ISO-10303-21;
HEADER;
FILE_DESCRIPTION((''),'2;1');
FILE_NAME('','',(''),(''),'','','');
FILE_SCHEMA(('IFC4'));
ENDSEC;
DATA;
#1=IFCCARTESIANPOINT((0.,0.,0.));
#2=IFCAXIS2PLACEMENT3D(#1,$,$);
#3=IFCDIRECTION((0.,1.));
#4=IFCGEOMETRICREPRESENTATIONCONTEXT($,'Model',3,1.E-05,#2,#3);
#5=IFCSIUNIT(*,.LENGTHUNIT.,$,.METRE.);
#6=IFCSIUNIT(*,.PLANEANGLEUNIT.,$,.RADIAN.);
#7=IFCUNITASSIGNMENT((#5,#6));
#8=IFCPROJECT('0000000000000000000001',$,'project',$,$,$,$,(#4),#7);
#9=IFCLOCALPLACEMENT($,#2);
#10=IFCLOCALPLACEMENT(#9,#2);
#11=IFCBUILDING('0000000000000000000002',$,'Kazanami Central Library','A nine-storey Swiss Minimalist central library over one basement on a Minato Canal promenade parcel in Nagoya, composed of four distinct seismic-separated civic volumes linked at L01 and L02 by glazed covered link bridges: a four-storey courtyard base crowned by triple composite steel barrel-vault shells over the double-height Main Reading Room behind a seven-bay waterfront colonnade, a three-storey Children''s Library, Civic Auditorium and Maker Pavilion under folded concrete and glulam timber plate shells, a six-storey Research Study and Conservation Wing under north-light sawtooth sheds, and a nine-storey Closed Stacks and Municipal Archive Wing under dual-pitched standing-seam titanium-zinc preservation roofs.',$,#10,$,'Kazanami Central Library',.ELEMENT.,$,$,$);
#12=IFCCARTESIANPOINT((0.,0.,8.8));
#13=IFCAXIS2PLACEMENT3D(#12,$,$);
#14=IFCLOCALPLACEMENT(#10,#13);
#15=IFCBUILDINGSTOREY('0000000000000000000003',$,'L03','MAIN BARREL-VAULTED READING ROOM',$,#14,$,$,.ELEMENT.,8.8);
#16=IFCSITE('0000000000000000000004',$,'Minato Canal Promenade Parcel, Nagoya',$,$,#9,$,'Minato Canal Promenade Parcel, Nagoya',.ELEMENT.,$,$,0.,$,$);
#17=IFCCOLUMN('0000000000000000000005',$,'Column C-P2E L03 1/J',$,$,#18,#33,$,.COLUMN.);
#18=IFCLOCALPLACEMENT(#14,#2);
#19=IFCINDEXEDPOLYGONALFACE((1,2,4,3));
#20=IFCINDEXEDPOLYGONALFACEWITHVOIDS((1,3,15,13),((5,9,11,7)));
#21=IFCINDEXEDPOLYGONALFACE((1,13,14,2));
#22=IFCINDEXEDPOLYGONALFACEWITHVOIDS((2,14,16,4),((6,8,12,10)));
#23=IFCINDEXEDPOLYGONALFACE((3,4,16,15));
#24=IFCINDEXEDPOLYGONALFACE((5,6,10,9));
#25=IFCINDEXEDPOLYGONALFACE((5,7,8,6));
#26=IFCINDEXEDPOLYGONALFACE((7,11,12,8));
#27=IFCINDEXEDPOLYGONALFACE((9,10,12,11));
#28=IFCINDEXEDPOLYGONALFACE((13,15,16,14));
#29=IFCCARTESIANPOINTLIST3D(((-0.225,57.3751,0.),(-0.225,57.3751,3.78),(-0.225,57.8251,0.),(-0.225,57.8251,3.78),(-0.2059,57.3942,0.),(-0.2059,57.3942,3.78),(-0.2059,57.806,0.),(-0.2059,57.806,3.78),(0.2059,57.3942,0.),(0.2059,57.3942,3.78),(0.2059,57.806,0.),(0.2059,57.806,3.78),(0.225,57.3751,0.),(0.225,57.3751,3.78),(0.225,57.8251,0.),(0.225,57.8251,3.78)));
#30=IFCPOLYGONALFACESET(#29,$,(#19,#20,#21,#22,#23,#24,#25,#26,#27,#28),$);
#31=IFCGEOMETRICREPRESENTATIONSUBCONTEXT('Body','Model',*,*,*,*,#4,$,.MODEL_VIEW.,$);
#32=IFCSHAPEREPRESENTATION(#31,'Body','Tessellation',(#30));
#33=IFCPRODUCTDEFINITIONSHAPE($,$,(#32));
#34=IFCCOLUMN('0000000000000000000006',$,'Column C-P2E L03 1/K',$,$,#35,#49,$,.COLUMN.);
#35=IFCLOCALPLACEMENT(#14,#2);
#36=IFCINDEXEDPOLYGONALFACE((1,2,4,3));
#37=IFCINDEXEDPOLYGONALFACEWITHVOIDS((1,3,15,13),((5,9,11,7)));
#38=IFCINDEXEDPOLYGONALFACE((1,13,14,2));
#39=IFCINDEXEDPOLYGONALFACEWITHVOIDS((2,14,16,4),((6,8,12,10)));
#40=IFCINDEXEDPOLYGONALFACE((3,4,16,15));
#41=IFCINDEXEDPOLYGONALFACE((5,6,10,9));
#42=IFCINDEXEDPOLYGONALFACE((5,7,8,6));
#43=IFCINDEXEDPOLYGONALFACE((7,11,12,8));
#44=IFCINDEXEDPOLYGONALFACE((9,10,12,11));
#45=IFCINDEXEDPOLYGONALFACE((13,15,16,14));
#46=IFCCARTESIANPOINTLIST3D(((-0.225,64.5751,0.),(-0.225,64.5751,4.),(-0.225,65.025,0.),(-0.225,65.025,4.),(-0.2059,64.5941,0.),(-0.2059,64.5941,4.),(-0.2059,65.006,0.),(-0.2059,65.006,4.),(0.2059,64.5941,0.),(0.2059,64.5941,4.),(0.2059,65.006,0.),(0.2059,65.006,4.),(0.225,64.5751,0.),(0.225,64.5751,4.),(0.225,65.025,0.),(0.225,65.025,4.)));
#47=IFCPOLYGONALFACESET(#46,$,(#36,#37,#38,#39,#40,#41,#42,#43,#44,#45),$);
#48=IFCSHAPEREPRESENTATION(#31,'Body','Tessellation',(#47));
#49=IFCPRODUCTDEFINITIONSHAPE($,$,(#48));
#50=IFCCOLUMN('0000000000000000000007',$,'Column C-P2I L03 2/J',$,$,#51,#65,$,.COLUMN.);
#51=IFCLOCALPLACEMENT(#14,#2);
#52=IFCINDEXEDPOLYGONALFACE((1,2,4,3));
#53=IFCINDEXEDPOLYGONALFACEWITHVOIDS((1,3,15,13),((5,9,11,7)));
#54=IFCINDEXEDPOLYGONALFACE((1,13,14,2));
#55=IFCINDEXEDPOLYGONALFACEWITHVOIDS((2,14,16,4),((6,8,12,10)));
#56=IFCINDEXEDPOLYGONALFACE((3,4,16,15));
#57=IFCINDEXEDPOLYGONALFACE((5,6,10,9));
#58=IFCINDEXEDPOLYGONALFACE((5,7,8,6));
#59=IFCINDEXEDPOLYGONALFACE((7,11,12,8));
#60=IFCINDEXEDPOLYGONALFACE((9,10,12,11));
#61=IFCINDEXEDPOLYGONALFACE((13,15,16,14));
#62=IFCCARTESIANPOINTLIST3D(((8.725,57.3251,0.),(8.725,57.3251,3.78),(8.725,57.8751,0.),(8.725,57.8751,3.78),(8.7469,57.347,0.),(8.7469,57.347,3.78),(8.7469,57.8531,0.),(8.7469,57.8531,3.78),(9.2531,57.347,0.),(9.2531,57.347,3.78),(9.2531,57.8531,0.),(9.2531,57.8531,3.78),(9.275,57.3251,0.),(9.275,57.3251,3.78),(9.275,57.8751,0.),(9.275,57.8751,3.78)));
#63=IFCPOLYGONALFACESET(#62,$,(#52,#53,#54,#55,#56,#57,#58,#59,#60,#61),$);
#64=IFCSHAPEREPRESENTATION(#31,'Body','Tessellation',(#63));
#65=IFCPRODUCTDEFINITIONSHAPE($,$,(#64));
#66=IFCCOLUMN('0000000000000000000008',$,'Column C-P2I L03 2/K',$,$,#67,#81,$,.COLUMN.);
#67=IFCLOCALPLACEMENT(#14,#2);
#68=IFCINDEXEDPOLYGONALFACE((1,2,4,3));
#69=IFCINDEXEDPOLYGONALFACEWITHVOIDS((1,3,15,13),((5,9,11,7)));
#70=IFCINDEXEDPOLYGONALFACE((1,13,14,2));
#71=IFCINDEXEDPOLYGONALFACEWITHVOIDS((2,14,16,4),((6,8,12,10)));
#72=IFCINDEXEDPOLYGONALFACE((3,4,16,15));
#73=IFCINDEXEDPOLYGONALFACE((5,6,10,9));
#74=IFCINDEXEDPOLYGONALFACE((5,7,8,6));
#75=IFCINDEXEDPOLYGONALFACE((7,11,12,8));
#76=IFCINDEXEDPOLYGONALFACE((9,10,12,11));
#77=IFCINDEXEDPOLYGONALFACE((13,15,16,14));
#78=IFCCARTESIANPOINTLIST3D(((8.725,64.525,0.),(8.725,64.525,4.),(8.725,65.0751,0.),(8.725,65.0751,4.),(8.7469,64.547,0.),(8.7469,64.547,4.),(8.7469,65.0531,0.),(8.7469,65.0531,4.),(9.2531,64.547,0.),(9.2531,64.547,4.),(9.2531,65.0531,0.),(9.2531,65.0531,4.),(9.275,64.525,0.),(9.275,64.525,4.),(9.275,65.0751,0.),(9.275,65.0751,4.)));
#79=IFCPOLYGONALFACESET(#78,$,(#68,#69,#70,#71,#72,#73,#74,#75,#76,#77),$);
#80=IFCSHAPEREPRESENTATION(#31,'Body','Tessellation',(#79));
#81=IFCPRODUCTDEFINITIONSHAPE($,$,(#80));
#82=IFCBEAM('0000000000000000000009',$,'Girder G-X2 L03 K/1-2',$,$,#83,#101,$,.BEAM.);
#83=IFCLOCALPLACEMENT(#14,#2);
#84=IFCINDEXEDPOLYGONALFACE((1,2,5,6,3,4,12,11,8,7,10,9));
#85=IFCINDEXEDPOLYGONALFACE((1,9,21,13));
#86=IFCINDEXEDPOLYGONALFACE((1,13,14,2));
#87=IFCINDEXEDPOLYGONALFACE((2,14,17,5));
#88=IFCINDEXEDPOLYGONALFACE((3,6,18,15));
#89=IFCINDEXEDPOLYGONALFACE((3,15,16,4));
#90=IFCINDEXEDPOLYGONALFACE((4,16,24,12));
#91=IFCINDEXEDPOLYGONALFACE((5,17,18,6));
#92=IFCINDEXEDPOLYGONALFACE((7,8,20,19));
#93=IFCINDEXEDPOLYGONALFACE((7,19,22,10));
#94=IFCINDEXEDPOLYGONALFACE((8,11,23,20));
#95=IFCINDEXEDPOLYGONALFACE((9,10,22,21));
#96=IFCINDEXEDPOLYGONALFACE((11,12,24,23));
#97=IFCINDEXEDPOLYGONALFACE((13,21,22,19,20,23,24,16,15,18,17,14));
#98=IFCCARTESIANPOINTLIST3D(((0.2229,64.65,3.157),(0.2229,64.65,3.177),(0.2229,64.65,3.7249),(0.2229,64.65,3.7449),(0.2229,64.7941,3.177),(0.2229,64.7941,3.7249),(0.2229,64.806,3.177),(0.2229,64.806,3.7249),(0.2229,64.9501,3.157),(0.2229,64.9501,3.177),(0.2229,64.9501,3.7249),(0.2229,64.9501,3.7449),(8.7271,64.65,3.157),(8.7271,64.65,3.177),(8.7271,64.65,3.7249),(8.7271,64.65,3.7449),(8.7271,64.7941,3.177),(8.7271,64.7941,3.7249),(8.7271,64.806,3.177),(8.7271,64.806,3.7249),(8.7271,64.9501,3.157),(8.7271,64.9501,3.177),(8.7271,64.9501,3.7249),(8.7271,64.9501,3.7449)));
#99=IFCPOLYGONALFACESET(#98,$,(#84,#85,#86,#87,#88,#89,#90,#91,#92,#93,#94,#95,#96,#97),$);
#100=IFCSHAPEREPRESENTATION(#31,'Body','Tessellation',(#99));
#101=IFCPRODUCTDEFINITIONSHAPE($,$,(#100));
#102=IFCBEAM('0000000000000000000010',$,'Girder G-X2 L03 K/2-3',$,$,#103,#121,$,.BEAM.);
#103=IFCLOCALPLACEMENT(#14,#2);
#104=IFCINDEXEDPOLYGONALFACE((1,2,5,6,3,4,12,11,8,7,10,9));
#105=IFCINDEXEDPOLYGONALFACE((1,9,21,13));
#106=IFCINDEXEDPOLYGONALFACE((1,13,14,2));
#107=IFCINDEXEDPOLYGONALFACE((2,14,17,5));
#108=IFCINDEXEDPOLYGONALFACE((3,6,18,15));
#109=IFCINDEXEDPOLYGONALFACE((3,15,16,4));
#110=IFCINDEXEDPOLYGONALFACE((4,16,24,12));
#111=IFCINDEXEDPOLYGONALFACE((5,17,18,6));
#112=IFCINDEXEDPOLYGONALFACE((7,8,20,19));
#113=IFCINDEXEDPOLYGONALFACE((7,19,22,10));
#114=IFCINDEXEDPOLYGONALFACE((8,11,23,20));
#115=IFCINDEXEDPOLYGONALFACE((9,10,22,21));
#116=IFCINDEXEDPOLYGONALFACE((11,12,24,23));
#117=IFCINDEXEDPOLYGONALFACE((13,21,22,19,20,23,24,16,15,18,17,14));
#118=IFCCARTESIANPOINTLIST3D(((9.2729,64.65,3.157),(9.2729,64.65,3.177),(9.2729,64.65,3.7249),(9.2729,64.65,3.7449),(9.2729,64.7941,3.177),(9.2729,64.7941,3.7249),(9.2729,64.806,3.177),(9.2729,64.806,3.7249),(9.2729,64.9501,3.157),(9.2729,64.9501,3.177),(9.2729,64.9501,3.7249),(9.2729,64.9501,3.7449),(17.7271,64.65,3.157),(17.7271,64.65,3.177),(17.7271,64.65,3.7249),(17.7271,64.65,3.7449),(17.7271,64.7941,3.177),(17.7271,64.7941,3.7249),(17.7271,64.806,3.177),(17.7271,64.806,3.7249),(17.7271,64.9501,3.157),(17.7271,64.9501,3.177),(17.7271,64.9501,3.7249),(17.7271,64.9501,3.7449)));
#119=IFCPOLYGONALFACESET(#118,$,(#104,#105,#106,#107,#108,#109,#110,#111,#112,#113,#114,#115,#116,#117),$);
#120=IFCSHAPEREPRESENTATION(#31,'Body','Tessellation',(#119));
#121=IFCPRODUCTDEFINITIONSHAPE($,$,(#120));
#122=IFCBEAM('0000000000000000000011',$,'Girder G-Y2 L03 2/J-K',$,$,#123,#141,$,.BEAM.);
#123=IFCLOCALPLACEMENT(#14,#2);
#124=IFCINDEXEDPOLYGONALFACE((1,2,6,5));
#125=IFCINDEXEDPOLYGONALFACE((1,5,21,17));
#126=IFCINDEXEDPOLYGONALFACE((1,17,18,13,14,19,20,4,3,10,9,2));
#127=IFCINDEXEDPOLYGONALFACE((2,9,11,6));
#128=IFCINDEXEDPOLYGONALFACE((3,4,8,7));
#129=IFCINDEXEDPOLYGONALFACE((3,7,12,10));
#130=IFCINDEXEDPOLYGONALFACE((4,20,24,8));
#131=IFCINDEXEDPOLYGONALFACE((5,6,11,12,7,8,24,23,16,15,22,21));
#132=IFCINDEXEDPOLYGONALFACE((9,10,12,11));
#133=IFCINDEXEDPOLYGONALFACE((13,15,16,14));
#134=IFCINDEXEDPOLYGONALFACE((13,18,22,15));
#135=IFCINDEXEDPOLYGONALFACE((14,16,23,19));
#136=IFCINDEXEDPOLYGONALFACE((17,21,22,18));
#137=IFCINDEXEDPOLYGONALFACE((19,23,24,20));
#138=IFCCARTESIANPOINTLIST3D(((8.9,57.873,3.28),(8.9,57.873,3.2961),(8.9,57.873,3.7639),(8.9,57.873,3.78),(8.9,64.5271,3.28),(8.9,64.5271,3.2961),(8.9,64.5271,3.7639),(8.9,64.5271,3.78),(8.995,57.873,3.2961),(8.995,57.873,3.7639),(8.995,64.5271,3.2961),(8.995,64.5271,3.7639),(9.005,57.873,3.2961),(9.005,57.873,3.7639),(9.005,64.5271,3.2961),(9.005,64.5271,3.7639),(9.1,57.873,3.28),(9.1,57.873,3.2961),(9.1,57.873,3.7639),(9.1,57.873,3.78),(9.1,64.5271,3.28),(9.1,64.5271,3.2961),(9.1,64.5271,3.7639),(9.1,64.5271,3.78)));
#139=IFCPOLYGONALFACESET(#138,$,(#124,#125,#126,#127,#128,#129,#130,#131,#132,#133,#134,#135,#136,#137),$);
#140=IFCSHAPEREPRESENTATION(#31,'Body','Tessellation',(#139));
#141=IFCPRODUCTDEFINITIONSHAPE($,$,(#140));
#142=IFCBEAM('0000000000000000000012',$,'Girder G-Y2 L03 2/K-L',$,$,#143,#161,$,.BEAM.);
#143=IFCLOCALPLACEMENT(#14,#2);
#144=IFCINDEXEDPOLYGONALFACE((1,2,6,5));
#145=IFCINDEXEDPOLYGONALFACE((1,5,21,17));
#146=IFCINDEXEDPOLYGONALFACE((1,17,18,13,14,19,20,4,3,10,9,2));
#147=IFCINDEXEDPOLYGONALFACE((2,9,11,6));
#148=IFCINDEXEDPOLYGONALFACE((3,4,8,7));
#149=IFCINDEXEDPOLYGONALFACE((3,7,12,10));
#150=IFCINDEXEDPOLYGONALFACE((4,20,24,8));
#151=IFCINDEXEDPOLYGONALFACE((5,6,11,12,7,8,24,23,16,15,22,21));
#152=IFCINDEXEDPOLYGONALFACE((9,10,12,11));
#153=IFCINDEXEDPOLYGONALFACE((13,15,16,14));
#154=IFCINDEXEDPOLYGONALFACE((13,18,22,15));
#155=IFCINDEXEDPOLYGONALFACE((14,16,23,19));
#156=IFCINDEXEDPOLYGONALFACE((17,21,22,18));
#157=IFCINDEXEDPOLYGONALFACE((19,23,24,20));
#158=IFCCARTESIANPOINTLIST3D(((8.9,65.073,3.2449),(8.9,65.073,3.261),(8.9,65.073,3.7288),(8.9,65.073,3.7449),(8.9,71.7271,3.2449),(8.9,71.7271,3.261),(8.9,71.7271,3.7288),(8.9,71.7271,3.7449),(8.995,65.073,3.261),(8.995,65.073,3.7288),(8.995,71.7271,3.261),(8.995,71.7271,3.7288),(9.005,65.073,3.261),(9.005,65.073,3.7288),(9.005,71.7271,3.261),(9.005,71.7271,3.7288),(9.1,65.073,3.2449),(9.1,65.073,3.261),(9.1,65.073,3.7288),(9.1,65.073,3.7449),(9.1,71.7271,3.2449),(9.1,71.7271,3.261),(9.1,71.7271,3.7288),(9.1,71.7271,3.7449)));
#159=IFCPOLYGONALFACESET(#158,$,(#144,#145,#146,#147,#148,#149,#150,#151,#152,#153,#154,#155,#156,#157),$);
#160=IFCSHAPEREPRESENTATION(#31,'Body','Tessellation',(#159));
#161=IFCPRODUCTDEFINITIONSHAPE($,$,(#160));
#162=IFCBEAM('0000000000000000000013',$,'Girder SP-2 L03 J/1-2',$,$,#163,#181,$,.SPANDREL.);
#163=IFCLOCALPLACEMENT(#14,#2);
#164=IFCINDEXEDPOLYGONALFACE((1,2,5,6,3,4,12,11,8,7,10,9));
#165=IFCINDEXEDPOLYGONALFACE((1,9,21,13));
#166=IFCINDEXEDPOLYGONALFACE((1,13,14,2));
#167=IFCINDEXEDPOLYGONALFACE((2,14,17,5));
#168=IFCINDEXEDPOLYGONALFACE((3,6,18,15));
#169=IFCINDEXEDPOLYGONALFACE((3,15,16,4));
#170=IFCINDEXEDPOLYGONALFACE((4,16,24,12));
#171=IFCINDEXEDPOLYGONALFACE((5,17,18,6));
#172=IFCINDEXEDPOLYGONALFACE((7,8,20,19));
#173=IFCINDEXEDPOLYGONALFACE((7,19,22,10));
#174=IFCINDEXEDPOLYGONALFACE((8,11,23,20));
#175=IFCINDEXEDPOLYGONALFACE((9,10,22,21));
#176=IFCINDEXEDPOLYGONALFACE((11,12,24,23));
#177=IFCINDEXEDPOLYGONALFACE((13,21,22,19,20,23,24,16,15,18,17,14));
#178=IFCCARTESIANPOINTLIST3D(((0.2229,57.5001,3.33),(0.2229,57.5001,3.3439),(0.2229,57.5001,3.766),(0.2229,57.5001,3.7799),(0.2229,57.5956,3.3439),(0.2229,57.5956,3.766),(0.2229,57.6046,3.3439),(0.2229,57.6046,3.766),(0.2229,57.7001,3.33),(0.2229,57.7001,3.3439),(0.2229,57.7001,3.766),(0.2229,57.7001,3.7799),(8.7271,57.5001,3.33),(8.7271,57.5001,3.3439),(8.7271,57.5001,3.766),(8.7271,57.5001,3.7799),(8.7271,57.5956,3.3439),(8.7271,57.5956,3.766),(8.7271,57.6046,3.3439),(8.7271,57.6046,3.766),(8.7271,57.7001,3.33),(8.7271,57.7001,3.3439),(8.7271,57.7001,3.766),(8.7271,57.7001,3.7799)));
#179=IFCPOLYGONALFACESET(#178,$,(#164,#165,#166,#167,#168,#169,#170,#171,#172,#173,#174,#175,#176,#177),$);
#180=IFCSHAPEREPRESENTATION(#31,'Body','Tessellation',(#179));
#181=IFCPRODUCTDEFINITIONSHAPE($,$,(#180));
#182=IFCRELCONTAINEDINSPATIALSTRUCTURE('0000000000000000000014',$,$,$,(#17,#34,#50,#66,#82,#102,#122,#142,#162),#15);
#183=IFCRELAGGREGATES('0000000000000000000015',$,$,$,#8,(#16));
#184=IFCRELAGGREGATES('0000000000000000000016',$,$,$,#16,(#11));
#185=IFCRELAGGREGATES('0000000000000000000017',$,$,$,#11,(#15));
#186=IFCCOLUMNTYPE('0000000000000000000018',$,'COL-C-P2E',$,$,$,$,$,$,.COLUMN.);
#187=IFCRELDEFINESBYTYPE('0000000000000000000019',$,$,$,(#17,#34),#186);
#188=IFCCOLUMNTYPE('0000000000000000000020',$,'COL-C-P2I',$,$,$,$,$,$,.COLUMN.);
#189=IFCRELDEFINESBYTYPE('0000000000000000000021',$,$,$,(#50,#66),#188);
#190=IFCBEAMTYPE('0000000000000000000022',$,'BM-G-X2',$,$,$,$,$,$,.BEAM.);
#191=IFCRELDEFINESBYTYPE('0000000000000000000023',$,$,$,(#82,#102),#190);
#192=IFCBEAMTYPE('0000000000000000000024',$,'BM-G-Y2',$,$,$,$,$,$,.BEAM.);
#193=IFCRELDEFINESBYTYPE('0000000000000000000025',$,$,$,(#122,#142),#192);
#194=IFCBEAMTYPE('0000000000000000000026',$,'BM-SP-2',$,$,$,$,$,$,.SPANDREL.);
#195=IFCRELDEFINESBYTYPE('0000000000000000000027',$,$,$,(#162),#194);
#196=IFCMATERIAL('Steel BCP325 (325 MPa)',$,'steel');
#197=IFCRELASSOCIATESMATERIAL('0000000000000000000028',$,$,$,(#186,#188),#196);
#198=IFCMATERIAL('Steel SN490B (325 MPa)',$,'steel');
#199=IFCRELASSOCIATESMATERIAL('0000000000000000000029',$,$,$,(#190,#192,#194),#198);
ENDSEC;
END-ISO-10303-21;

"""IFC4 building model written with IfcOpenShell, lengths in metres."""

from ifc_helpers import new_model, si_unit, direction, frame, origin, origin_2d, place, context, subcontext, project, spatial, hollow_rectangle, i_section, extrude, material, material_profile, profile_set, type_object, element, save


model = new_model("IFC4")

# Units and contexts
model_context = context("Model", 3, precision=1e-05, world=origin(), true_north=direction((0.0, 1.0)))
body_context = subcontext(model_context, "Body", "Model", "MODEL_VIEW")
ifc_project = project(units=[si_unit("LENGTHUNIT", "METRE"), si_unit("PLANEANGLEUNIT", "RADIAN")], contexts=[model_context])

# Site, building, storey
site_placement = place(None, origin())
site = spatial("IfcSite", under=ifc_project, at=site_placement, Name="Minato Canal Promenade Parcel, Nagoya", LongName="Minato Canal Promenade Parcel, Nagoya", CompositionType="ELEMENT", RefElevation=0.0)
building_placement = place(site_placement, origin())
building = spatial("IfcBuilding", under=site, at=building_placement, Name="Kazanami Central Library", Description="A nine-storey Swiss Minimalist central library over one basement on a Minato Canal promenade parcel in Nagoya, composed of four distinct seismic-separated civic volumes linked at L01 and L02 by glazed covered link bridges: a four-storey courtyard base crowned by triple composite steel barrel-vault shells over the double-height Main Reading Room behind a seven-bay waterfront colonnade, a three-storey Children's Library, Civic Auditorium and Maker Pavilion under folded concrete and glulam timber plate shells, a six-storey Research Study and Conservation Wing under north-light sawtooth sheds, and a nine-storey Closed Stacks and Municipal Archive Wing under dual-pitched standing-seam titanium-zinc preservation roofs.", LongName="Kazanami Central Library", CompositionType="ELEMENT")
storey_placement = place(building_placement, frame((0.0, 0.0, 8.8)))
storey = spatial("IfcBuildingStorey", under=building, at=storey_placement, Name="L03", Description="MAIN BARREL-VAULTED READING ROOM", CompositionType="ELEMENT", Elevation=8.8)

# Columns
ifc_material_1 = material(Name="Steel BCP325 (325 MPa)", Category="steel")
ifc_material_profile_1 = material_profile(ifc_material_1, hollow_rectangle(XDim=0.45, YDim=0.45, WallThickness=0.019, at=origin_2d()), Name="BCP-450x450x19")
ifc_profile_set_1 = profile_set([ifc_material_profile_1], Name="Steel BCP325 (325 MPa)")
column_type_1 = type_object("IfcColumnType", Name="COL-C-P2E", PredefinedType="COLUMN", material=ifc_profile_set_1)
column_1_placement = place(storey_placement, frame((0.0, 57.6001, 0.0), z_axis=(0.0, 0.0, 1.0), x_axis=(1.0, 0.0, 0.0)))
element("IfcColumn", 1, at=column_1_placement, inside=storey, type_object=column_type_1, Name="Column C-P2E L03 1/J", PredefinedType="COLUMN", context=body_context, shape_type="SweptSolid", body=[
    extrude(hollow_rectangle(XDim=0.45, YDim=0.45, WallThickness=0.019, at=origin_2d()), origin(), (0.0, 0.0, 1.0), 3.78),
])
column_2_placement = place(storey_placement, frame((0.0, 64.8, 0.0), z_axis=(0.0, 0.0, 1.0), x_axis=(1.0, 0.0, 0.0)))
element("IfcColumn", 2, at=column_2_placement, inside=storey, type_object=column_type_1, Name="Column C-P2E L03 1/K", PredefinedType="COLUMN", context=body_context, shape_type="SweptSolid", body=[
    extrude(hollow_rectangle(XDim=0.45, YDim=0.45, WallThickness=0.019, at=origin_2d()), origin(), (0.0, 0.0, 1.0), 4.0),
])
ifc_material_profile_2 = material_profile(ifc_material_1, hollow_rectangle(XDim=0.55, YDim=0.55, WallThickness=0.022, at=origin_2d()), Name="BCP-550x550x22")
ifc_profile_set_2 = profile_set([ifc_material_profile_2], Name="Steel BCP325 (325 MPa)")
column_type_2 = type_object("IfcColumnType", Name="COL-C-P2I", PredefinedType="COLUMN", material=ifc_profile_set_2)
column_3_placement = place(storey_placement, frame((9.0, 57.6001, 0.0), z_axis=(0.0, 0.0, 1.0), x_axis=(1.0, 0.0, 0.0)))
element("IfcColumn", 3, at=column_3_placement, inside=storey, type_object=column_type_2, Name="Column C-P2I L03 2/J", PredefinedType="COLUMN", context=body_context, shape_type="SweptSolid", body=[
    extrude(hollow_rectangle(XDim=0.55, YDim=0.55, WallThickness=0.022, at=origin_2d()), origin(), (0.0, 0.0, 1.0), 3.78),
])
column_4_placement = place(storey_placement, frame((9.0, 64.8, 0.0), z_axis=(0.0, 0.0, 1.0), x_axis=(1.0, 0.0, 0.0)))
element("IfcColumn", 4, at=column_4_placement, inside=storey, type_object=column_type_2, Name="Column C-P2I L03 2/K", PredefinedType="COLUMN", context=body_context, shape_type="SweptSolid", body=[
    extrude(hollow_rectangle(XDim=0.55, YDim=0.55, WallThickness=0.022, at=origin_2d()), origin(), (0.0, 0.0, 1.0), 4.0),
])

# Beams
ifc_material_2 = material(Name="Steel SN490B (325 MPa)", Category="steel")
ifc_material_profile_3 = material_profile(ifc_material_2, i_section(OverallWidth=0.3, OverallDepth=0.5879, WebThickness=0.012, FlangeThickness=0.02, at=origin_2d()), Name="H-588x300x12x20")
ifc_profile_set_3 = profile_set([ifc_material_profile_3], Name="Steel SN490B (325 MPa)")
beam_type_1 = type_object("IfcBeamType", Name="BM-G-X2", PredefinedType="BEAM", material=ifc_profile_set_3)
beam_1_placement = place(storey_placement, frame((0.2229, 64.8, 3.4509), z_axis=(1.0, 0.0, 0.0), x_axis=(0.0, 1.0, 0.0)))
element("IfcBeam", 5, at=beam_1_placement, inside=storey, type_object=beam_type_1, Name="Girder G-X2 L03 K/1-2", PredefinedType="BEAM", context=body_context, shape_type="SweptSolid", body=[
    extrude(i_section(OverallWidth=0.3, OverallDepth=0.5879, WebThickness=0.012, FlangeThickness=0.02, at=origin_2d()), origin(), (0.0, 0.0, 1.0), 8.5042),
])
beam_2_placement = place(storey_placement, frame((9.2729, 64.8, 3.4509), z_axis=(1.0, 0.0, 0.0), x_axis=(0.0, 1.0, 0.0)))
element("IfcBeam", 6, at=beam_2_placement, inside=storey, type_object=beam_type_1, Name="Girder G-X2 L03 K/2-3", PredefinedType="BEAM", context=body_context, shape_type="SweptSolid", body=[
    extrude(i_section(OverallWidth=0.3, OverallDepth=0.5879, WebThickness=0.012, FlangeThickness=0.02, at=origin_2d()), origin(), (0.0, 0.0, 1.0), 8.4541),
])
ifc_material_profile_4 = material_profile(ifc_material_2, i_section(OverallWidth=0.2, OverallDepth=0.5, WebThickness=0.01, FlangeThickness=0.0161, at=origin_2d()), Name="H-500x200x10x16")
ifc_profile_set_4 = profile_set([ifc_material_profile_4], Name="Steel SN490B (325 MPa)")
beam_type_2 = type_object("IfcBeamType", Name="BM-G-Y2", PredefinedType="BEAM", material=ifc_profile_set_4)
for number, where, z_axis, x_axis, name in (
    (7, (9.0, 57.873, 3.53), (0.0, 1.0, 0.0), (-1.0, 0.0, 0.0), "Girder G-Y2 L03 2/J-K"),
    (8, (9.0, 65.073, 3.4949), (0.0, 1.0, 0.0), (-1.0, 0.0, 0.0), "Girder G-Y2 L03 2/K-L"),
):
    element("IfcBeam", number, at=place(storey_placement, frame(where, z_axis=z_axis, x_axis=x_axis)), inside=storey, type_object=beam_type_2, Name=name, PredefinedType="BEAM", context=body_context, shape_type="SweptSolid", body=[
        extrude(i_section(OverallWidth=0.2, OverallDepth=0.5, WebThickness=0.01, FlangeThickness=0.0161, at=origin_2d()), origin(), (0.0, 0.0, 1.0), 6.6541),
    ])
ifc_material_profile_5 = material_profile(ifc_material_2, i_section(OverallWidth=0.2, OverallDepth=0.45, WebThickness=0.009, FlangeThickness=0.0139, at=origin_2d()), Name="H-450x200x9x14")
ifc_profile_set_5 = profile_set([ifc_material_profile_5], Name="Steel SN490B (325 MPa)")
beam_type_3 = type_object("IfcBeamType", Name="BM-SP-2", PredefinedType="SPANDREL", material=ifc_profile_set_5)
beam_3_placement = place(storey_placement, frame((0.2229, 57.6001, 3.5549), z_axis=(1.0, 0.0, 0.0), x_axis=(0.0, 1.0, 0.0)))
element("IfcBeam", 9, at=beam_3_placement, inside=storey, type_object=beam_type_3, Name="Girder SP-2 L03 J/1-2", PredefinedType="SPANDREL", context=body_context, shape_type="SweptSolid", body=[
    extrude(i_section(OverallWidth=0.2, OverallDepth=0.45, WebThickness=0.009, FlangeThickness=0.0139, at=origin_2d()), origin(), (0.0, 0.0, 1.0), 8.5042),
])

save(model, "model.ifc")
